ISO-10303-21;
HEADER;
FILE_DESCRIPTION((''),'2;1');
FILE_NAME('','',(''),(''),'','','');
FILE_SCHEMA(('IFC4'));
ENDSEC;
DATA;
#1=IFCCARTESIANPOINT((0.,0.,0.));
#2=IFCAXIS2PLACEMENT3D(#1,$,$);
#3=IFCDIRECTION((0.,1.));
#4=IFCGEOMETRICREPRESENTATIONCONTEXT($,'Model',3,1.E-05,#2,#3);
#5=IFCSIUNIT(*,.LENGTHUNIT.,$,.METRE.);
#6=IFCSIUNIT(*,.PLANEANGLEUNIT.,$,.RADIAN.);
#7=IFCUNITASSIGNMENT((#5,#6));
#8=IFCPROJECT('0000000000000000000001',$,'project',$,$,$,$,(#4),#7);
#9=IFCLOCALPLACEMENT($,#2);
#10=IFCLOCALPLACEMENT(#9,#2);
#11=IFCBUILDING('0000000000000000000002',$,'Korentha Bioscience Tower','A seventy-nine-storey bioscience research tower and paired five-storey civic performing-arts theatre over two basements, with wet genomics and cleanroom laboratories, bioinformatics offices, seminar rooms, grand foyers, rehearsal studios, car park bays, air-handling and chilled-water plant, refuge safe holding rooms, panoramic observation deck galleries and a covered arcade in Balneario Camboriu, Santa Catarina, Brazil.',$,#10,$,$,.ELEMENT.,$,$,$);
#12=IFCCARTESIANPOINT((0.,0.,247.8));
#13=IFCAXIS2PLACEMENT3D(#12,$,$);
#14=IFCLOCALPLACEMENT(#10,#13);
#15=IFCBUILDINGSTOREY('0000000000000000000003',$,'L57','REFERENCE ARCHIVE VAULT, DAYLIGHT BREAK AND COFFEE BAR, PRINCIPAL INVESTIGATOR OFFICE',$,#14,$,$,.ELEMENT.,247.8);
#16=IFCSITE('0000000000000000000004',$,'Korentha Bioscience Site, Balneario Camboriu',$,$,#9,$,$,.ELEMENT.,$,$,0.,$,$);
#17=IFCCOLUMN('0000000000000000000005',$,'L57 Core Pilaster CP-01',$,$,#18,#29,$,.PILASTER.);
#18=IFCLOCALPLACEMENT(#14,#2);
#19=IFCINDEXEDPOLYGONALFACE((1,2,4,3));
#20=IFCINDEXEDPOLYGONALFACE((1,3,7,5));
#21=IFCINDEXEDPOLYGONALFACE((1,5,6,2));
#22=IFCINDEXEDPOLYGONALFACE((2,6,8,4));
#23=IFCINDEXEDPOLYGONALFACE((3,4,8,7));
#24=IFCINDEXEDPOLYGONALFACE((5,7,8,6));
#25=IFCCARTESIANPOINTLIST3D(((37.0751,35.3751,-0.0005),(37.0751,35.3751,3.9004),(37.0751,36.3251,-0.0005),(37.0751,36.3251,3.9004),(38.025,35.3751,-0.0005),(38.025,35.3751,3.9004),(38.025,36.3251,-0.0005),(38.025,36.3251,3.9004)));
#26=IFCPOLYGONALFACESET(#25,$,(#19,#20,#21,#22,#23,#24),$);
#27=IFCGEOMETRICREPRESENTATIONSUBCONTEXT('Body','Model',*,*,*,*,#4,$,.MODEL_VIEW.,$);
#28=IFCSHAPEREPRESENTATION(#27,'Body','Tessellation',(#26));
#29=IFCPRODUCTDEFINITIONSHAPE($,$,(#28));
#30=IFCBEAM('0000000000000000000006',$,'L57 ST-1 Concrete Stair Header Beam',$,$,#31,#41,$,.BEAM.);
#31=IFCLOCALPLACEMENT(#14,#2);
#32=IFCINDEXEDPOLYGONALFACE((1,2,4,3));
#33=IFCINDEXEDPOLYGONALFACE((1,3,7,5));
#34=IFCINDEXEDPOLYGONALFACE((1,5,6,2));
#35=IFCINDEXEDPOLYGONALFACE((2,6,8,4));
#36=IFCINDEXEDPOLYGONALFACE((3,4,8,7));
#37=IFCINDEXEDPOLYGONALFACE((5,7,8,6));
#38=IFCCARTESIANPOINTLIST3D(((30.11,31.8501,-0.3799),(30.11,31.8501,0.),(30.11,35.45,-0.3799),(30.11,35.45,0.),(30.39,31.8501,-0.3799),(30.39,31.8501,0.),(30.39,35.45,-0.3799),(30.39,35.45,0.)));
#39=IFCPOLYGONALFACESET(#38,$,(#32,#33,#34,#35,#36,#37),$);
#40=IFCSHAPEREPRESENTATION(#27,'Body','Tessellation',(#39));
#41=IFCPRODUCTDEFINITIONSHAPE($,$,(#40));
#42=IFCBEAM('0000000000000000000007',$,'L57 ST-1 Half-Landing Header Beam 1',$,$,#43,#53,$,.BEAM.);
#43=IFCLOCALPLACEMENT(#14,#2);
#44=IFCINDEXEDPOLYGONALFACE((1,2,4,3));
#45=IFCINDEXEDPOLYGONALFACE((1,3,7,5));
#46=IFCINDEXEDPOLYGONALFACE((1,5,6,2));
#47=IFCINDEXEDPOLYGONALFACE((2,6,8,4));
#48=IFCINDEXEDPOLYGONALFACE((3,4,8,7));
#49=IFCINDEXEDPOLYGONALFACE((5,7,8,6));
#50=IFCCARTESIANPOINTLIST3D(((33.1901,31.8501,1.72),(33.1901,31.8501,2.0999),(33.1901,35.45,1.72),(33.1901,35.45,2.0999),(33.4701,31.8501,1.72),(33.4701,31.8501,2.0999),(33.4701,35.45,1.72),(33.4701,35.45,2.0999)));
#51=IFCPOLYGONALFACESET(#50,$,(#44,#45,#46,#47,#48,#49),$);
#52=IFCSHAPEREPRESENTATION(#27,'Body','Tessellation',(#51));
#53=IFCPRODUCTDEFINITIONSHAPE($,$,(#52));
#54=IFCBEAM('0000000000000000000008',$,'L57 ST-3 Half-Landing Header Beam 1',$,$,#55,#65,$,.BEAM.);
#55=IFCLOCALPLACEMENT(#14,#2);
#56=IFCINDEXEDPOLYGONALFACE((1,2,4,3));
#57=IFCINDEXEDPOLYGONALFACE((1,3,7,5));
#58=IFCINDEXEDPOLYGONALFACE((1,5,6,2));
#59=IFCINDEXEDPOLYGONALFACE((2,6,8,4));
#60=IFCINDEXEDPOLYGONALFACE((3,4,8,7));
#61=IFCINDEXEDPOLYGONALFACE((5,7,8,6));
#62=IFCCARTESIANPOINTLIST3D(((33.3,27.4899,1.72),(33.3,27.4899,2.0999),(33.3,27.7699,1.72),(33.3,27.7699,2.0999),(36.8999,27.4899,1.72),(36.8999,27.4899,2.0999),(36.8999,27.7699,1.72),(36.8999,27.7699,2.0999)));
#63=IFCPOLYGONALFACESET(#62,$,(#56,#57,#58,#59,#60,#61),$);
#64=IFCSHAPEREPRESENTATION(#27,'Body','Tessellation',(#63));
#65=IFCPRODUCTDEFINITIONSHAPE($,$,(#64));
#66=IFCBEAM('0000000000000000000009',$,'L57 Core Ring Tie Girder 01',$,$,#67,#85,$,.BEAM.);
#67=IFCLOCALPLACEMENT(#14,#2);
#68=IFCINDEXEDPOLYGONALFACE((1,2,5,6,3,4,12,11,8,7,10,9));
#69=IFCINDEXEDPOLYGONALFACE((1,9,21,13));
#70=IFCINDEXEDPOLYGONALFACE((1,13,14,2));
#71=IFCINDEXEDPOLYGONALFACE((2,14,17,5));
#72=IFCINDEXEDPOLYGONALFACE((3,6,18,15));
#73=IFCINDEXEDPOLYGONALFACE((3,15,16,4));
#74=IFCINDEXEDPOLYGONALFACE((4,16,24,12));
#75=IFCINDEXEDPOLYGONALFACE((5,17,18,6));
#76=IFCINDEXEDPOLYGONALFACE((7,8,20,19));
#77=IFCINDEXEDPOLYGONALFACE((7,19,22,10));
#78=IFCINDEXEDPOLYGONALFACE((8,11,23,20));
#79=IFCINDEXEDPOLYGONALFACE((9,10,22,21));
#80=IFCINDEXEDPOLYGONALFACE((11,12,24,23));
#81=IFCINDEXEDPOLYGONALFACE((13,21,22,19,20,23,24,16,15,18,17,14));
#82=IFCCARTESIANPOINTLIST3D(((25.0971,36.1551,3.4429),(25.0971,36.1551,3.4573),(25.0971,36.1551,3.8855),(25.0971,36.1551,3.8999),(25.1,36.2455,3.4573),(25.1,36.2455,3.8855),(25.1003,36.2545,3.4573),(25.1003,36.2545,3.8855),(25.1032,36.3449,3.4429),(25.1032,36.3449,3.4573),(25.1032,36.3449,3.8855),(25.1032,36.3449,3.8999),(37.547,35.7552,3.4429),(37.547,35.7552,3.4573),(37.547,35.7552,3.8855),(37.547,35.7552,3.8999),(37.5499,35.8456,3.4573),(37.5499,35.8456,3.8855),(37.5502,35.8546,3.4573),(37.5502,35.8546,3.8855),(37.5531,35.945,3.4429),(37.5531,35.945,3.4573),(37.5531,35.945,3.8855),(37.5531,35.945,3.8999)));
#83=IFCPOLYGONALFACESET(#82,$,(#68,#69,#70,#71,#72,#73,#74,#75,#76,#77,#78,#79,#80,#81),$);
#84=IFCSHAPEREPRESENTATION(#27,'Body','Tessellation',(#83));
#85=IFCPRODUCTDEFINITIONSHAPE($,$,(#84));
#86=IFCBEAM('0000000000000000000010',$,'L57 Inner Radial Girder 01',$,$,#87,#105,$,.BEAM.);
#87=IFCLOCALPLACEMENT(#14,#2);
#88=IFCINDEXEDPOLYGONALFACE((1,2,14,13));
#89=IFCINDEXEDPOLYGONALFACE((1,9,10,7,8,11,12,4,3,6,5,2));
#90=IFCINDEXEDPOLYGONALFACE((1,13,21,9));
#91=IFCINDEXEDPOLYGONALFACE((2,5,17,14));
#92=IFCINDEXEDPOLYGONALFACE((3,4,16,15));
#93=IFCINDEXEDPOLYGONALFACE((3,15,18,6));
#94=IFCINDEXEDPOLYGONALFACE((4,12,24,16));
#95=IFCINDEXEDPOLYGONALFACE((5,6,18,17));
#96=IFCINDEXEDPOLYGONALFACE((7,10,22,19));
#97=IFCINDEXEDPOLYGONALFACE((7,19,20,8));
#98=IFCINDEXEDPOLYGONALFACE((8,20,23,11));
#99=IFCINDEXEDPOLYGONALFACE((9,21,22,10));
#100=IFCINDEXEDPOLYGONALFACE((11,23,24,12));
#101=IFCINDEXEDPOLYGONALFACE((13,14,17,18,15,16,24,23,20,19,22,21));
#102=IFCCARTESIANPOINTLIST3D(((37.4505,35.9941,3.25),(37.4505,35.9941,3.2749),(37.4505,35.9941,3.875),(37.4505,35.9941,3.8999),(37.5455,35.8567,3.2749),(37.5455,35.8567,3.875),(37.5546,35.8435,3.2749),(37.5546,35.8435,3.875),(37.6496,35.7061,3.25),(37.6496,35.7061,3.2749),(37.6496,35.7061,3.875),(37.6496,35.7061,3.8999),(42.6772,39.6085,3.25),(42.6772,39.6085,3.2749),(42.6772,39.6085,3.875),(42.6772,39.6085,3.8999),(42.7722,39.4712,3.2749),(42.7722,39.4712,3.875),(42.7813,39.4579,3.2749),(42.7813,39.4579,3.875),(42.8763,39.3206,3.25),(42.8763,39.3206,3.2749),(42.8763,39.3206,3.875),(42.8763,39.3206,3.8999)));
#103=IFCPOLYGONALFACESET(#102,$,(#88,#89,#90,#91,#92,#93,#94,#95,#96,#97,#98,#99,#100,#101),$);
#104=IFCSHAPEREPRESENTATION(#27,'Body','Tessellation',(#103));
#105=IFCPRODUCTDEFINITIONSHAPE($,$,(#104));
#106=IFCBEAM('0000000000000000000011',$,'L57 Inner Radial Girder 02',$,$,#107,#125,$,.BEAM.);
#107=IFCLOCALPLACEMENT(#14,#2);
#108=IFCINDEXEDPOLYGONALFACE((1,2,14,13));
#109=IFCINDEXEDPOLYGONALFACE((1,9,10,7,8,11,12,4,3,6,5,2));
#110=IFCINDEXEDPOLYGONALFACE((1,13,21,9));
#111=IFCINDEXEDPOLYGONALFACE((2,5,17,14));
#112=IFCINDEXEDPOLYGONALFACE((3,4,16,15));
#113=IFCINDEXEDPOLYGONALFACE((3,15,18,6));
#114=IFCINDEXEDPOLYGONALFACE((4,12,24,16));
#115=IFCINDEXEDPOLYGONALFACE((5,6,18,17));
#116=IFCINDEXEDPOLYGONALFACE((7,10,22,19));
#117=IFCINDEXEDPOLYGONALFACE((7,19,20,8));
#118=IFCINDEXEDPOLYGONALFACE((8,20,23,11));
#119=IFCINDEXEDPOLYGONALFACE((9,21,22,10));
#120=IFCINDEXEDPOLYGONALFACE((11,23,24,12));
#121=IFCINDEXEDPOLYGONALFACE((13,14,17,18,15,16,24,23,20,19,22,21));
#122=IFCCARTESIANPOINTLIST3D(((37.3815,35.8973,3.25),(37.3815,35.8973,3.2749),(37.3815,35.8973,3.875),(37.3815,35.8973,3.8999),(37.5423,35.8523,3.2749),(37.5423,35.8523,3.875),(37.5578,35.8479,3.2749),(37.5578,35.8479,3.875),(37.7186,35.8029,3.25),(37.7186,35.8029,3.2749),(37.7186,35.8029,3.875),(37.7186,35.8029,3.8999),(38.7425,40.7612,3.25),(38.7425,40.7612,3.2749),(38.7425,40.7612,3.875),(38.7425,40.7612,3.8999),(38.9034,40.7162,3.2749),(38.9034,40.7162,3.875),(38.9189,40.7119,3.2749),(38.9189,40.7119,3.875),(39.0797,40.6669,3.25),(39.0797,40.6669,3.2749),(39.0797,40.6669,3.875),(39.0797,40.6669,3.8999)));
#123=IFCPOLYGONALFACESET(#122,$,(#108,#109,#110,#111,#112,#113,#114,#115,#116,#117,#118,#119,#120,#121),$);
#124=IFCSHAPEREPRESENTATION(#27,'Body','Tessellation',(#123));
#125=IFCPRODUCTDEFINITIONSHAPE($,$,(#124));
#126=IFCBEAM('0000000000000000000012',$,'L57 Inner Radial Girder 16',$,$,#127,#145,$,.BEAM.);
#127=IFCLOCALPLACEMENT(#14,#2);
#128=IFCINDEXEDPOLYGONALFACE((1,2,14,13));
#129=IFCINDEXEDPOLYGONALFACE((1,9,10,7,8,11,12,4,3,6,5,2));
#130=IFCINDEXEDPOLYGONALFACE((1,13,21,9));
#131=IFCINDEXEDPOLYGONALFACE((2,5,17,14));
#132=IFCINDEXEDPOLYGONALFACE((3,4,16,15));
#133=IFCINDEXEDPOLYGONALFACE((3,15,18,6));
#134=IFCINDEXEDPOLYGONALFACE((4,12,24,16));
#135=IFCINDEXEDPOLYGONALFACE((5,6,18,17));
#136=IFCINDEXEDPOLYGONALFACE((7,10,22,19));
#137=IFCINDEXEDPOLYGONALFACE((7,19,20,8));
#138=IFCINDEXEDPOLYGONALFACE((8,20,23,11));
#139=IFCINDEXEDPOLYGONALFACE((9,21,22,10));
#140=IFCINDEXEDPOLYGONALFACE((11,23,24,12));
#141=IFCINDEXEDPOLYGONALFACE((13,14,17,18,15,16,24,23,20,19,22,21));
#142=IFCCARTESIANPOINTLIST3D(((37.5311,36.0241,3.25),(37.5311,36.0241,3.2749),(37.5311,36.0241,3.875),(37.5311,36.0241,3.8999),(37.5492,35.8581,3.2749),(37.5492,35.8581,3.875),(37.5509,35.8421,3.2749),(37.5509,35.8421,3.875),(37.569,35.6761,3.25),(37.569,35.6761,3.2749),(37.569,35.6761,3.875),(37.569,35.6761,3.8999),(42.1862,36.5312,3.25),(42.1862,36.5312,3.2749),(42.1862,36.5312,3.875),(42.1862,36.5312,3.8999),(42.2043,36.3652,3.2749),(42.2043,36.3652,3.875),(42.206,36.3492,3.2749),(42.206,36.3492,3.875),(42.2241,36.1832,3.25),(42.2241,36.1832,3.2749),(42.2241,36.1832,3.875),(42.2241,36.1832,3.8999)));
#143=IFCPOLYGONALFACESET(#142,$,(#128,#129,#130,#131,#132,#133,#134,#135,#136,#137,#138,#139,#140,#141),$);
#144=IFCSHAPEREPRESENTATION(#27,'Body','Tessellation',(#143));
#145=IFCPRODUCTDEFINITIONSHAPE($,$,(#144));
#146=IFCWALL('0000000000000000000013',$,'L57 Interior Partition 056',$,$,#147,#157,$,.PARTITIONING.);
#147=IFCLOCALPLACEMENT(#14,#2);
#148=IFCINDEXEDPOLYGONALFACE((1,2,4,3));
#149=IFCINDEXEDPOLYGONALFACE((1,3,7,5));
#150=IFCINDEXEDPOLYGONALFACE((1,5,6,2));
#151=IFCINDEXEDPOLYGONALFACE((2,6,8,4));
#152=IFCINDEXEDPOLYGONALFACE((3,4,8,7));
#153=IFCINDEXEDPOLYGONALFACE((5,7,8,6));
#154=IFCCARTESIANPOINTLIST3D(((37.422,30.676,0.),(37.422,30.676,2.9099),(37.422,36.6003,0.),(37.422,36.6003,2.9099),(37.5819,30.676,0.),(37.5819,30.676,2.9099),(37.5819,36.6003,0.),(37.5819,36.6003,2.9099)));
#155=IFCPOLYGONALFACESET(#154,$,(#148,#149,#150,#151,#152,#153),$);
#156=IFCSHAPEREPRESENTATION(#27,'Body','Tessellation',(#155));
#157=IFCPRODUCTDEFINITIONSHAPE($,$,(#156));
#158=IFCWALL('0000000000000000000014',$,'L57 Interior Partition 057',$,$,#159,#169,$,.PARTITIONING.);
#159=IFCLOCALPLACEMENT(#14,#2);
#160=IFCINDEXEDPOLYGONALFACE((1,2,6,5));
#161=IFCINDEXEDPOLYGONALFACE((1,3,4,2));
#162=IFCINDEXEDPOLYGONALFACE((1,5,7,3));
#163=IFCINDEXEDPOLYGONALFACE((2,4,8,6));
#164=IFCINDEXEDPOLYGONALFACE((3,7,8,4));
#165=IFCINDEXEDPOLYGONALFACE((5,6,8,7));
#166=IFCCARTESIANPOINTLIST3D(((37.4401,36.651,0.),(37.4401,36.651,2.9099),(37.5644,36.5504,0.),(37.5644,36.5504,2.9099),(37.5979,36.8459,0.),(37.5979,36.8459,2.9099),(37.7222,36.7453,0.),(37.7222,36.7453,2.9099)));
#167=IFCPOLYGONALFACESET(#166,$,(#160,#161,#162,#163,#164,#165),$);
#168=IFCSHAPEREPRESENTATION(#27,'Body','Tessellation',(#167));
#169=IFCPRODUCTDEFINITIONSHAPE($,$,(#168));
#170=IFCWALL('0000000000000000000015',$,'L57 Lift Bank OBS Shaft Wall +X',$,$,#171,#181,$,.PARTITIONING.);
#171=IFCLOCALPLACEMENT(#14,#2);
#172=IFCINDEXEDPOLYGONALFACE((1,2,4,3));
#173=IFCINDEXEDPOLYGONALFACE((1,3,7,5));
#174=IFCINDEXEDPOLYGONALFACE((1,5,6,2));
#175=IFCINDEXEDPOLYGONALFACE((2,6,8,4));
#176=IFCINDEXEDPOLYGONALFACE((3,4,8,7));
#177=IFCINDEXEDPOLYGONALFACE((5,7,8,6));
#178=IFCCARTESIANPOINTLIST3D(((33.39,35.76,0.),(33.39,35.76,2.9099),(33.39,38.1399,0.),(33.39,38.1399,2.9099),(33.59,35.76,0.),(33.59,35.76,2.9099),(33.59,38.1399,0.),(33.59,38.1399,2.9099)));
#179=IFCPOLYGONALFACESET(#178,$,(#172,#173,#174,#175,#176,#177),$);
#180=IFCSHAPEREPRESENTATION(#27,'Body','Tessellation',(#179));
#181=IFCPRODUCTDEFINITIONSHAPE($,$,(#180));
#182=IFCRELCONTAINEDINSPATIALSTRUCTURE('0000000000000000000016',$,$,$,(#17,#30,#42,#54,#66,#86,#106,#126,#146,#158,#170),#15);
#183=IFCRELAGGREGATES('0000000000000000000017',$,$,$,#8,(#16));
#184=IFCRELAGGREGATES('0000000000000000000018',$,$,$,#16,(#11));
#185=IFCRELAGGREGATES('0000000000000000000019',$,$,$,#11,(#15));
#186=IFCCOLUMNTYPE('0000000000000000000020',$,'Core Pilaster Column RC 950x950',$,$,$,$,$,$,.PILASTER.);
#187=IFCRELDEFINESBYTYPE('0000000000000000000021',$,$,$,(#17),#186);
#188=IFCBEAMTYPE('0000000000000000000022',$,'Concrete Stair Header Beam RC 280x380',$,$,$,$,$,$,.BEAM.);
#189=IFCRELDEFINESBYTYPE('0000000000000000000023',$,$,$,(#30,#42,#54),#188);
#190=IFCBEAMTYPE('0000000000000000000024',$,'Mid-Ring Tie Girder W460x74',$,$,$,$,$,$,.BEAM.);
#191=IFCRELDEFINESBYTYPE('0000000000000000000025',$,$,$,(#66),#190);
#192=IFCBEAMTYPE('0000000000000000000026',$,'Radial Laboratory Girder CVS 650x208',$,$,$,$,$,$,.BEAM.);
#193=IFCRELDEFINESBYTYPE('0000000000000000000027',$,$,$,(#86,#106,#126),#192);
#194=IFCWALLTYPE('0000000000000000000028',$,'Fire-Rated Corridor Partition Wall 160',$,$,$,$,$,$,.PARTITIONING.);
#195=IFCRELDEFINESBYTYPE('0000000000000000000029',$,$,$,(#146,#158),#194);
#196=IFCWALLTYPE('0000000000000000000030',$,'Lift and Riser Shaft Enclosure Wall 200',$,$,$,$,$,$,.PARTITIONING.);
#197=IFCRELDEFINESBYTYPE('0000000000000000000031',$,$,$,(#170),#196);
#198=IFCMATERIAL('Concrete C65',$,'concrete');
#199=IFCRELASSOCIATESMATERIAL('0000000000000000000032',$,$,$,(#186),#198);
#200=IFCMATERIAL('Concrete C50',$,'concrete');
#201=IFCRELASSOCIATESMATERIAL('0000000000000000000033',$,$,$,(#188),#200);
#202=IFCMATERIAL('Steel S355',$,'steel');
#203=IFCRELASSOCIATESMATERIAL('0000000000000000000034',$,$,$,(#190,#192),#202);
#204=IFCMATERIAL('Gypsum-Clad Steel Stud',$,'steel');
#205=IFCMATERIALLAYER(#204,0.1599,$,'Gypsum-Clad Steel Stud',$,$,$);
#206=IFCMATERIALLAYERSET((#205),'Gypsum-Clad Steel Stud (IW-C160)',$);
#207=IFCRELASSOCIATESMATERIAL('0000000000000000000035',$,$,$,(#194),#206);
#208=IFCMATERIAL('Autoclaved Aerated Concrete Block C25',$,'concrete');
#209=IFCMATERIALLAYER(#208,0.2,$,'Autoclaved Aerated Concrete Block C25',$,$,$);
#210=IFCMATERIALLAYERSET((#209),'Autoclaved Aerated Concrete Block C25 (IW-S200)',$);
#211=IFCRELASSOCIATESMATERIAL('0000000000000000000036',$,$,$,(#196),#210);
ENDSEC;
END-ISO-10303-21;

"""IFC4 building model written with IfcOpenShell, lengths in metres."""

from ifc_helpers import new_model, si_unit, direction, frame, frame_2d, origin, origin_2d, place, context, subcontext, project, spatial, rectangle, i_section, extrude, material, layer, layer_set, material_profile, profile_set, type_object, element, save


model = new_model("IFC4")

# Units and contexts
model_context = context("Model", 3, precision=1e-05, world=origin(), true_north=direction((0.0, 1.0)))
body_context = subcontext(model_context, "Body", "Model", "MODEL_VIEW")
ifc_project = project(units=[si_unit("LENGTHUNIT", "METRE"), si_unit("PLANEANGLEUNIT", "RADIAN")], contexts=[model_context])

# Site, building, storey
site_placement = place(None, origin())
site = spatial("IfcSite", under=ifc_project, at=site_placement, Name="Korentha Bioscience Site, Balneario Camboriu", CompositionType="ELEMENT", RefElevation=0.0)
building_placement = place(site_placement, origin())
building = spatial("IfcBuilding", under=site, at=building_placement, Name="Korentha Bioscience Tower", Description="A seventy-nine-storey bioscience research tower and paired five-storey civic performing-arts theatre over two basements, with wet genomics and cleanroom laboratories, bioinformatics offices, seminar rooms, grand foyers, rehearsal studios, car park bays, air-handling and chilled-water plant, refuge safe holding rooms, panoramic observation deck galleries and a covered arcade in Balneario Camboriu, Santa Catarina, Brazil.", CompositionType="ELEMENT")
storey_placement = place(building_placement, frame((0.0, 0.0, 247.8)))
storey = spatial("IfcBuildingStorey", under=building, at=storey_placement, Name="L57", Description="REFERENCE ARCHIVE VAULT, DAYLIGHT BREAK AND COFFEE BAR, PRINCIPAL INVESTIGATOR OFFICE", CompositionType="ELEMENT", Elevation=247.8)

# Column
ifc_material_1 = material(Name="Concrete C65", Category="concrete")
ifc_material_profile_1 = material_profile(ifc_material_1, rectangle(XDim=0.95, YDim=0.95, at=origin_2d()), Name="Concrete C65")
ifc_profile_set_1 = profile_set([ifc_material_profile_1], Name="Concrete C65 (COL-CP09)")
column_type = type_object("IfcColumnType", Name="Core Pilaster Column RC 950x950", PredefinedType="PILASTER", material=ifc_profile_set_1)
column_placement = place(storey_placement, frame((37.55, 35.8501, -0.0005), z_axis=(0.0, 0.0, 1.0), x_axis=(1.0, 0.0, 0.0)))
element("IfcColumn", 1, at=column_placement, inside=storey, type_object=column_type, Name="L57 Core Pilaster CP-01", PredefinedType="PILASTER", context=body_context, shape_type="SweptSolid", body=[
    extrude(rectangle(XDim=0.95, YDim=0.95, at=origin_2d()), origin(), (0.0, 0.0, 1.0), 3.9009),
])

# Beams
ifc_material_2 = material(Name="Concrete C50", Category="concrete")
ifc_material_profile_2 = material_profile(ifc_material_2, rectangle(XDim=0.28, YDim=0.3799, at=origin_2d()), Name="Concrete C50")
ifc_profile_set_2 = profile_set([ifc_material_profile_2], Name="Concrete C50 (ST-HB380)")
beam_type_1 = type_object("IfcBeamType", Name="Concrete Stair Header Beam RC 280x380", PredefinedType="BEAM", material=ifc_profile_set_2)
for number, where, z_axis, x_axis, name in (
    (2, (30.25, 31.8501, -0.1899), (0.0, 1.0, 0.0), (-1.0, 0.0, 0.0), "L57 ST-1 Concrete Stair Header Beam"),
    (3, (33.3301, 31.8501, 1.9099), (0.0, 1.0, 0.0), (-1.0, 0.0, 0.0), "L57 ST-1 Half-Landing Header Beam 1"),
    (4, (36.8999, 27.6299, 1.9099), (-1.0, 0.0, 0.0), (0.0, -1.0, 0.0), "L57 ST-3 Half-Landing Header Beam 1"),
):
    element("IfcBeam", number, at=place(storey_placement, frame(where, z_axis=z_axis, x_axis=x_axis)), inside=storey, type_object=beam_type_1, Name=name, PredefinedType="BEAM", context=body_context, shape_type="SweptSolid", body=[
        extrude(rectangle(XDim=0.28, YDim=0.3799, at=origin_2d()), origin(), (0.0, 0.0, 1.0), 3.5999),
    ])
ifc_material_3 = material(Name="Steel S355", Category="steel")
ifc_material_profile_3 = material_profile(ifc_material_3, i_section(OverallWidth=0.1899, OverallDepth=0.457, WebThickness=0.009, FlangeThickness=0.0144, at=origin_2d()), Name="Steel S355")
ifc_profile_set_3 = profile_set([ifc_material_profile_3], Name="Steel S355 (MB-460)")
beam_type_2 = type_object("IfcBeamType", Name="Mid-Ring Tie Girder W460x74", PredefinedType="BEAM", material=ifc_profile_set_3)
beam_1_placement = place(storey_placement, frame((37.55, 35.8501, 3.6714), z_axis=(-0.999485, 0.032104, 0.0), x_axis=(-0.032104, -0.999485, 0.0)))
element("IfcBeam", 5, at=beam_1_placement, inside=storey, type_object=beam_type_2, Name="L57 Core Ring Tie Girder 01", PredefinedType="BEAM", context=body_context, shape_type="SweptSolid", body=[
    extrude(i_section(OverallWidth=0.1899, OverallDepth=0.457, WebThickness=0.009, FlangeThickness=0.0144, at=origin_2d()), origin(), (0.0, 0.0, 1.0), 12.4563),
])
ifc_material_profile_4 = material_profile(ifc_material_3, i_section(OverallWidth=0.3501, OverallDepth=0.6499, WebThickness=0.0161, FlangeThickness=0.0249, at=origin_2d()), Name="Steel S355")
ifc_profile_set_4 = profile_set([ifc_material_profile_4], Name="Steel S355 (RB-650)")
beam_type_3 = type_object("IfcBeamType", Name="Radial Laboratory Girder CVS 650x208", PredefinedType="BEAM", material=ifc_profile_set_4)
beam_2_placement = place(storey_placement, frame((37.55, 35.8501, 3.575), z_axis=(0.822491, 0.568778, 0.0), x_axis=(-0.568778, 0.822491, 0.0)))
element("IfcBeam", 6, at=beam_2_placement, inside=storey, type_object=beam_type_3, Name="L57 Inner Radial Girder 01", PredefinedType="BEAM", context=body_context, shape_type="SweptSolid", body=[
    extrude(i_section(OverallWidth=0.3501, OverallDepth=0.6499, WebThickness=0.0161, FlangeThickness=0.0249, at=origin_2d()), origin(), (0.0, 0.0, 1.0), 6.3547),
])
beam_3_placement = place(storey_placement, frame((37.55, 35.8501, 3.575), z_axis=(0.269476, 0.963007, 0.0), x_axis=(-0.963007, 0.269476, 0.0)))
element("IfcBeam", 7, at=beam_3_placement, inside=storey, type_object=beam_type_3, Name="L57 Inner Radial Girder 02", PredefinedType="BEAM", context=body_context, shape_type="SweptSolid", body=[
    extrude(i_section(OverallWidth=0.3501, OverallDepth=0.6499, WebThickness=0.0161, FlangeThickness=0.0249, at=origin_2d()), origin(), (0.0, 0.0, 1.0), 5.0508),
])
beam_4_placement = place(storey_placement, frame((37.55, 35.8501, 3.575), z_axis=(0.994119, 0.108291, 0.0), x_axis=(-0.108291, 0.994119, 0.0)))
element("IfcBeam", 8, at=beam_4_placement, inside=storey, type_object=beam_type_3, Name="L57 Inner Radial Girder 16", PredefinedType="BEAM", context=body_context, shape_type="SweptSolid", body=[
    extrude(i_section(OverallWidth=0.3501, OverallDepth=0.6499, WebThickness=0.0161, FlangeThickness=0.0249, at=origin_2d()), origin(), (0.0, 0.0, 1.0), 4.6826),
])

# Walls
ifc_material_4 = material(Name="Gypsum-Clad Steel Stud", Category="steel")
ifc_layer_1 = layer(ifc_material_4, 0.1599, Name="Gypsum-Clad Steel Stud")
ifc_layer_set_1 = layer_set([ifc_layer_1], Name="Gypsum-Clad Steel Stud (IW-C160)")
wall_type_1 = type_object("IfcWallType", Name="Fire-Rated Corridor Partition Wall 160", PredefinedType="PARTITIONING", material=ifc_layer_set_1)
wall_1_placement = place(storey_placement, frame((37.502, 30.676, 0.0), z_axis=(0.0, 0.0, 1.0), x_axis=(0.0, 1.0, 0.0)))
element("IfcWall", 9, at=wall_1_placement, inside=storey, type_object=wall_type_1, Name="L57 Interior Partition 056", PredefinedType="PARTITIONING", context=body_context, shape_type="SweptSolid", body=[
    extrude(rectangle(XDim=5.9243, YDim=0.1599, at=frame_2d((2.9622, 0.0))), origin(), (0.0, 0.0, 1.0), 2.9099),
])
wall_2_placement = place(storey_placement, frame((37.5022, 36.6006, 0.0), z_axis=(0.0, 0.0, 1.0), x_axis=(0.629198, 0.777245, 0.0)))
element("IfcWall", 10, at=wall_2_placement, inside=storey, type_object=wall_type_1, Name="L57 Interior Partition 057", PredefinedType="PARTITIONING", context=body_context, shape_type="SweptSolid", body=[
    extrude(rectangle(XDim=0.2507, YDim=0.1599, at=frame_2d((0.1255, 0.0))), origin(), (0.0, 0.0, 1.0), 2.9099),
])
ifc_material_5 = material(Name="Autoclaved Aerated Concrete Block C25", Category="concrete")
ifc_layer_2 = layer(ifc_material_5, 0.2, Name="Autoclaved Aerated Concrete Block C25")
ifc_layer_set_2 = layer_set([ifc_layer_2], Name="Autoclaved Aerated Concrete Block C25 (IW-S200)")
wall_type_2 = type_object("IfcWallType", Name="Lift and Riser Shaft Enclosure Wall 200", PredefinedType="PARTITIONING", material=ifc_layer_set_2)
wall_3_placement = place(storey_placement, frame((33.49, 35.76, 0.0), z_axis=(0.0, 0.0, 1.0), x_axis=(0.0, 1.0, 0.0)))
element("IfcWall", 11, at=wall_3_placement, inside=storey, type_object=wall_type_2, Name="L57 Lift Bank OBS Shaft Wall +X", PredefinedType="PARTITIONING", context=body_context, shape_type="SweptSolid", body=[
    extrude(rectangle(XDim=2.3799, YDim=0.2, at=frame_2d((1.1899, 0.0))), origin(), (0.0, 0.0, 1.0), 2.9099),
])

save(model, "model.ifc")
